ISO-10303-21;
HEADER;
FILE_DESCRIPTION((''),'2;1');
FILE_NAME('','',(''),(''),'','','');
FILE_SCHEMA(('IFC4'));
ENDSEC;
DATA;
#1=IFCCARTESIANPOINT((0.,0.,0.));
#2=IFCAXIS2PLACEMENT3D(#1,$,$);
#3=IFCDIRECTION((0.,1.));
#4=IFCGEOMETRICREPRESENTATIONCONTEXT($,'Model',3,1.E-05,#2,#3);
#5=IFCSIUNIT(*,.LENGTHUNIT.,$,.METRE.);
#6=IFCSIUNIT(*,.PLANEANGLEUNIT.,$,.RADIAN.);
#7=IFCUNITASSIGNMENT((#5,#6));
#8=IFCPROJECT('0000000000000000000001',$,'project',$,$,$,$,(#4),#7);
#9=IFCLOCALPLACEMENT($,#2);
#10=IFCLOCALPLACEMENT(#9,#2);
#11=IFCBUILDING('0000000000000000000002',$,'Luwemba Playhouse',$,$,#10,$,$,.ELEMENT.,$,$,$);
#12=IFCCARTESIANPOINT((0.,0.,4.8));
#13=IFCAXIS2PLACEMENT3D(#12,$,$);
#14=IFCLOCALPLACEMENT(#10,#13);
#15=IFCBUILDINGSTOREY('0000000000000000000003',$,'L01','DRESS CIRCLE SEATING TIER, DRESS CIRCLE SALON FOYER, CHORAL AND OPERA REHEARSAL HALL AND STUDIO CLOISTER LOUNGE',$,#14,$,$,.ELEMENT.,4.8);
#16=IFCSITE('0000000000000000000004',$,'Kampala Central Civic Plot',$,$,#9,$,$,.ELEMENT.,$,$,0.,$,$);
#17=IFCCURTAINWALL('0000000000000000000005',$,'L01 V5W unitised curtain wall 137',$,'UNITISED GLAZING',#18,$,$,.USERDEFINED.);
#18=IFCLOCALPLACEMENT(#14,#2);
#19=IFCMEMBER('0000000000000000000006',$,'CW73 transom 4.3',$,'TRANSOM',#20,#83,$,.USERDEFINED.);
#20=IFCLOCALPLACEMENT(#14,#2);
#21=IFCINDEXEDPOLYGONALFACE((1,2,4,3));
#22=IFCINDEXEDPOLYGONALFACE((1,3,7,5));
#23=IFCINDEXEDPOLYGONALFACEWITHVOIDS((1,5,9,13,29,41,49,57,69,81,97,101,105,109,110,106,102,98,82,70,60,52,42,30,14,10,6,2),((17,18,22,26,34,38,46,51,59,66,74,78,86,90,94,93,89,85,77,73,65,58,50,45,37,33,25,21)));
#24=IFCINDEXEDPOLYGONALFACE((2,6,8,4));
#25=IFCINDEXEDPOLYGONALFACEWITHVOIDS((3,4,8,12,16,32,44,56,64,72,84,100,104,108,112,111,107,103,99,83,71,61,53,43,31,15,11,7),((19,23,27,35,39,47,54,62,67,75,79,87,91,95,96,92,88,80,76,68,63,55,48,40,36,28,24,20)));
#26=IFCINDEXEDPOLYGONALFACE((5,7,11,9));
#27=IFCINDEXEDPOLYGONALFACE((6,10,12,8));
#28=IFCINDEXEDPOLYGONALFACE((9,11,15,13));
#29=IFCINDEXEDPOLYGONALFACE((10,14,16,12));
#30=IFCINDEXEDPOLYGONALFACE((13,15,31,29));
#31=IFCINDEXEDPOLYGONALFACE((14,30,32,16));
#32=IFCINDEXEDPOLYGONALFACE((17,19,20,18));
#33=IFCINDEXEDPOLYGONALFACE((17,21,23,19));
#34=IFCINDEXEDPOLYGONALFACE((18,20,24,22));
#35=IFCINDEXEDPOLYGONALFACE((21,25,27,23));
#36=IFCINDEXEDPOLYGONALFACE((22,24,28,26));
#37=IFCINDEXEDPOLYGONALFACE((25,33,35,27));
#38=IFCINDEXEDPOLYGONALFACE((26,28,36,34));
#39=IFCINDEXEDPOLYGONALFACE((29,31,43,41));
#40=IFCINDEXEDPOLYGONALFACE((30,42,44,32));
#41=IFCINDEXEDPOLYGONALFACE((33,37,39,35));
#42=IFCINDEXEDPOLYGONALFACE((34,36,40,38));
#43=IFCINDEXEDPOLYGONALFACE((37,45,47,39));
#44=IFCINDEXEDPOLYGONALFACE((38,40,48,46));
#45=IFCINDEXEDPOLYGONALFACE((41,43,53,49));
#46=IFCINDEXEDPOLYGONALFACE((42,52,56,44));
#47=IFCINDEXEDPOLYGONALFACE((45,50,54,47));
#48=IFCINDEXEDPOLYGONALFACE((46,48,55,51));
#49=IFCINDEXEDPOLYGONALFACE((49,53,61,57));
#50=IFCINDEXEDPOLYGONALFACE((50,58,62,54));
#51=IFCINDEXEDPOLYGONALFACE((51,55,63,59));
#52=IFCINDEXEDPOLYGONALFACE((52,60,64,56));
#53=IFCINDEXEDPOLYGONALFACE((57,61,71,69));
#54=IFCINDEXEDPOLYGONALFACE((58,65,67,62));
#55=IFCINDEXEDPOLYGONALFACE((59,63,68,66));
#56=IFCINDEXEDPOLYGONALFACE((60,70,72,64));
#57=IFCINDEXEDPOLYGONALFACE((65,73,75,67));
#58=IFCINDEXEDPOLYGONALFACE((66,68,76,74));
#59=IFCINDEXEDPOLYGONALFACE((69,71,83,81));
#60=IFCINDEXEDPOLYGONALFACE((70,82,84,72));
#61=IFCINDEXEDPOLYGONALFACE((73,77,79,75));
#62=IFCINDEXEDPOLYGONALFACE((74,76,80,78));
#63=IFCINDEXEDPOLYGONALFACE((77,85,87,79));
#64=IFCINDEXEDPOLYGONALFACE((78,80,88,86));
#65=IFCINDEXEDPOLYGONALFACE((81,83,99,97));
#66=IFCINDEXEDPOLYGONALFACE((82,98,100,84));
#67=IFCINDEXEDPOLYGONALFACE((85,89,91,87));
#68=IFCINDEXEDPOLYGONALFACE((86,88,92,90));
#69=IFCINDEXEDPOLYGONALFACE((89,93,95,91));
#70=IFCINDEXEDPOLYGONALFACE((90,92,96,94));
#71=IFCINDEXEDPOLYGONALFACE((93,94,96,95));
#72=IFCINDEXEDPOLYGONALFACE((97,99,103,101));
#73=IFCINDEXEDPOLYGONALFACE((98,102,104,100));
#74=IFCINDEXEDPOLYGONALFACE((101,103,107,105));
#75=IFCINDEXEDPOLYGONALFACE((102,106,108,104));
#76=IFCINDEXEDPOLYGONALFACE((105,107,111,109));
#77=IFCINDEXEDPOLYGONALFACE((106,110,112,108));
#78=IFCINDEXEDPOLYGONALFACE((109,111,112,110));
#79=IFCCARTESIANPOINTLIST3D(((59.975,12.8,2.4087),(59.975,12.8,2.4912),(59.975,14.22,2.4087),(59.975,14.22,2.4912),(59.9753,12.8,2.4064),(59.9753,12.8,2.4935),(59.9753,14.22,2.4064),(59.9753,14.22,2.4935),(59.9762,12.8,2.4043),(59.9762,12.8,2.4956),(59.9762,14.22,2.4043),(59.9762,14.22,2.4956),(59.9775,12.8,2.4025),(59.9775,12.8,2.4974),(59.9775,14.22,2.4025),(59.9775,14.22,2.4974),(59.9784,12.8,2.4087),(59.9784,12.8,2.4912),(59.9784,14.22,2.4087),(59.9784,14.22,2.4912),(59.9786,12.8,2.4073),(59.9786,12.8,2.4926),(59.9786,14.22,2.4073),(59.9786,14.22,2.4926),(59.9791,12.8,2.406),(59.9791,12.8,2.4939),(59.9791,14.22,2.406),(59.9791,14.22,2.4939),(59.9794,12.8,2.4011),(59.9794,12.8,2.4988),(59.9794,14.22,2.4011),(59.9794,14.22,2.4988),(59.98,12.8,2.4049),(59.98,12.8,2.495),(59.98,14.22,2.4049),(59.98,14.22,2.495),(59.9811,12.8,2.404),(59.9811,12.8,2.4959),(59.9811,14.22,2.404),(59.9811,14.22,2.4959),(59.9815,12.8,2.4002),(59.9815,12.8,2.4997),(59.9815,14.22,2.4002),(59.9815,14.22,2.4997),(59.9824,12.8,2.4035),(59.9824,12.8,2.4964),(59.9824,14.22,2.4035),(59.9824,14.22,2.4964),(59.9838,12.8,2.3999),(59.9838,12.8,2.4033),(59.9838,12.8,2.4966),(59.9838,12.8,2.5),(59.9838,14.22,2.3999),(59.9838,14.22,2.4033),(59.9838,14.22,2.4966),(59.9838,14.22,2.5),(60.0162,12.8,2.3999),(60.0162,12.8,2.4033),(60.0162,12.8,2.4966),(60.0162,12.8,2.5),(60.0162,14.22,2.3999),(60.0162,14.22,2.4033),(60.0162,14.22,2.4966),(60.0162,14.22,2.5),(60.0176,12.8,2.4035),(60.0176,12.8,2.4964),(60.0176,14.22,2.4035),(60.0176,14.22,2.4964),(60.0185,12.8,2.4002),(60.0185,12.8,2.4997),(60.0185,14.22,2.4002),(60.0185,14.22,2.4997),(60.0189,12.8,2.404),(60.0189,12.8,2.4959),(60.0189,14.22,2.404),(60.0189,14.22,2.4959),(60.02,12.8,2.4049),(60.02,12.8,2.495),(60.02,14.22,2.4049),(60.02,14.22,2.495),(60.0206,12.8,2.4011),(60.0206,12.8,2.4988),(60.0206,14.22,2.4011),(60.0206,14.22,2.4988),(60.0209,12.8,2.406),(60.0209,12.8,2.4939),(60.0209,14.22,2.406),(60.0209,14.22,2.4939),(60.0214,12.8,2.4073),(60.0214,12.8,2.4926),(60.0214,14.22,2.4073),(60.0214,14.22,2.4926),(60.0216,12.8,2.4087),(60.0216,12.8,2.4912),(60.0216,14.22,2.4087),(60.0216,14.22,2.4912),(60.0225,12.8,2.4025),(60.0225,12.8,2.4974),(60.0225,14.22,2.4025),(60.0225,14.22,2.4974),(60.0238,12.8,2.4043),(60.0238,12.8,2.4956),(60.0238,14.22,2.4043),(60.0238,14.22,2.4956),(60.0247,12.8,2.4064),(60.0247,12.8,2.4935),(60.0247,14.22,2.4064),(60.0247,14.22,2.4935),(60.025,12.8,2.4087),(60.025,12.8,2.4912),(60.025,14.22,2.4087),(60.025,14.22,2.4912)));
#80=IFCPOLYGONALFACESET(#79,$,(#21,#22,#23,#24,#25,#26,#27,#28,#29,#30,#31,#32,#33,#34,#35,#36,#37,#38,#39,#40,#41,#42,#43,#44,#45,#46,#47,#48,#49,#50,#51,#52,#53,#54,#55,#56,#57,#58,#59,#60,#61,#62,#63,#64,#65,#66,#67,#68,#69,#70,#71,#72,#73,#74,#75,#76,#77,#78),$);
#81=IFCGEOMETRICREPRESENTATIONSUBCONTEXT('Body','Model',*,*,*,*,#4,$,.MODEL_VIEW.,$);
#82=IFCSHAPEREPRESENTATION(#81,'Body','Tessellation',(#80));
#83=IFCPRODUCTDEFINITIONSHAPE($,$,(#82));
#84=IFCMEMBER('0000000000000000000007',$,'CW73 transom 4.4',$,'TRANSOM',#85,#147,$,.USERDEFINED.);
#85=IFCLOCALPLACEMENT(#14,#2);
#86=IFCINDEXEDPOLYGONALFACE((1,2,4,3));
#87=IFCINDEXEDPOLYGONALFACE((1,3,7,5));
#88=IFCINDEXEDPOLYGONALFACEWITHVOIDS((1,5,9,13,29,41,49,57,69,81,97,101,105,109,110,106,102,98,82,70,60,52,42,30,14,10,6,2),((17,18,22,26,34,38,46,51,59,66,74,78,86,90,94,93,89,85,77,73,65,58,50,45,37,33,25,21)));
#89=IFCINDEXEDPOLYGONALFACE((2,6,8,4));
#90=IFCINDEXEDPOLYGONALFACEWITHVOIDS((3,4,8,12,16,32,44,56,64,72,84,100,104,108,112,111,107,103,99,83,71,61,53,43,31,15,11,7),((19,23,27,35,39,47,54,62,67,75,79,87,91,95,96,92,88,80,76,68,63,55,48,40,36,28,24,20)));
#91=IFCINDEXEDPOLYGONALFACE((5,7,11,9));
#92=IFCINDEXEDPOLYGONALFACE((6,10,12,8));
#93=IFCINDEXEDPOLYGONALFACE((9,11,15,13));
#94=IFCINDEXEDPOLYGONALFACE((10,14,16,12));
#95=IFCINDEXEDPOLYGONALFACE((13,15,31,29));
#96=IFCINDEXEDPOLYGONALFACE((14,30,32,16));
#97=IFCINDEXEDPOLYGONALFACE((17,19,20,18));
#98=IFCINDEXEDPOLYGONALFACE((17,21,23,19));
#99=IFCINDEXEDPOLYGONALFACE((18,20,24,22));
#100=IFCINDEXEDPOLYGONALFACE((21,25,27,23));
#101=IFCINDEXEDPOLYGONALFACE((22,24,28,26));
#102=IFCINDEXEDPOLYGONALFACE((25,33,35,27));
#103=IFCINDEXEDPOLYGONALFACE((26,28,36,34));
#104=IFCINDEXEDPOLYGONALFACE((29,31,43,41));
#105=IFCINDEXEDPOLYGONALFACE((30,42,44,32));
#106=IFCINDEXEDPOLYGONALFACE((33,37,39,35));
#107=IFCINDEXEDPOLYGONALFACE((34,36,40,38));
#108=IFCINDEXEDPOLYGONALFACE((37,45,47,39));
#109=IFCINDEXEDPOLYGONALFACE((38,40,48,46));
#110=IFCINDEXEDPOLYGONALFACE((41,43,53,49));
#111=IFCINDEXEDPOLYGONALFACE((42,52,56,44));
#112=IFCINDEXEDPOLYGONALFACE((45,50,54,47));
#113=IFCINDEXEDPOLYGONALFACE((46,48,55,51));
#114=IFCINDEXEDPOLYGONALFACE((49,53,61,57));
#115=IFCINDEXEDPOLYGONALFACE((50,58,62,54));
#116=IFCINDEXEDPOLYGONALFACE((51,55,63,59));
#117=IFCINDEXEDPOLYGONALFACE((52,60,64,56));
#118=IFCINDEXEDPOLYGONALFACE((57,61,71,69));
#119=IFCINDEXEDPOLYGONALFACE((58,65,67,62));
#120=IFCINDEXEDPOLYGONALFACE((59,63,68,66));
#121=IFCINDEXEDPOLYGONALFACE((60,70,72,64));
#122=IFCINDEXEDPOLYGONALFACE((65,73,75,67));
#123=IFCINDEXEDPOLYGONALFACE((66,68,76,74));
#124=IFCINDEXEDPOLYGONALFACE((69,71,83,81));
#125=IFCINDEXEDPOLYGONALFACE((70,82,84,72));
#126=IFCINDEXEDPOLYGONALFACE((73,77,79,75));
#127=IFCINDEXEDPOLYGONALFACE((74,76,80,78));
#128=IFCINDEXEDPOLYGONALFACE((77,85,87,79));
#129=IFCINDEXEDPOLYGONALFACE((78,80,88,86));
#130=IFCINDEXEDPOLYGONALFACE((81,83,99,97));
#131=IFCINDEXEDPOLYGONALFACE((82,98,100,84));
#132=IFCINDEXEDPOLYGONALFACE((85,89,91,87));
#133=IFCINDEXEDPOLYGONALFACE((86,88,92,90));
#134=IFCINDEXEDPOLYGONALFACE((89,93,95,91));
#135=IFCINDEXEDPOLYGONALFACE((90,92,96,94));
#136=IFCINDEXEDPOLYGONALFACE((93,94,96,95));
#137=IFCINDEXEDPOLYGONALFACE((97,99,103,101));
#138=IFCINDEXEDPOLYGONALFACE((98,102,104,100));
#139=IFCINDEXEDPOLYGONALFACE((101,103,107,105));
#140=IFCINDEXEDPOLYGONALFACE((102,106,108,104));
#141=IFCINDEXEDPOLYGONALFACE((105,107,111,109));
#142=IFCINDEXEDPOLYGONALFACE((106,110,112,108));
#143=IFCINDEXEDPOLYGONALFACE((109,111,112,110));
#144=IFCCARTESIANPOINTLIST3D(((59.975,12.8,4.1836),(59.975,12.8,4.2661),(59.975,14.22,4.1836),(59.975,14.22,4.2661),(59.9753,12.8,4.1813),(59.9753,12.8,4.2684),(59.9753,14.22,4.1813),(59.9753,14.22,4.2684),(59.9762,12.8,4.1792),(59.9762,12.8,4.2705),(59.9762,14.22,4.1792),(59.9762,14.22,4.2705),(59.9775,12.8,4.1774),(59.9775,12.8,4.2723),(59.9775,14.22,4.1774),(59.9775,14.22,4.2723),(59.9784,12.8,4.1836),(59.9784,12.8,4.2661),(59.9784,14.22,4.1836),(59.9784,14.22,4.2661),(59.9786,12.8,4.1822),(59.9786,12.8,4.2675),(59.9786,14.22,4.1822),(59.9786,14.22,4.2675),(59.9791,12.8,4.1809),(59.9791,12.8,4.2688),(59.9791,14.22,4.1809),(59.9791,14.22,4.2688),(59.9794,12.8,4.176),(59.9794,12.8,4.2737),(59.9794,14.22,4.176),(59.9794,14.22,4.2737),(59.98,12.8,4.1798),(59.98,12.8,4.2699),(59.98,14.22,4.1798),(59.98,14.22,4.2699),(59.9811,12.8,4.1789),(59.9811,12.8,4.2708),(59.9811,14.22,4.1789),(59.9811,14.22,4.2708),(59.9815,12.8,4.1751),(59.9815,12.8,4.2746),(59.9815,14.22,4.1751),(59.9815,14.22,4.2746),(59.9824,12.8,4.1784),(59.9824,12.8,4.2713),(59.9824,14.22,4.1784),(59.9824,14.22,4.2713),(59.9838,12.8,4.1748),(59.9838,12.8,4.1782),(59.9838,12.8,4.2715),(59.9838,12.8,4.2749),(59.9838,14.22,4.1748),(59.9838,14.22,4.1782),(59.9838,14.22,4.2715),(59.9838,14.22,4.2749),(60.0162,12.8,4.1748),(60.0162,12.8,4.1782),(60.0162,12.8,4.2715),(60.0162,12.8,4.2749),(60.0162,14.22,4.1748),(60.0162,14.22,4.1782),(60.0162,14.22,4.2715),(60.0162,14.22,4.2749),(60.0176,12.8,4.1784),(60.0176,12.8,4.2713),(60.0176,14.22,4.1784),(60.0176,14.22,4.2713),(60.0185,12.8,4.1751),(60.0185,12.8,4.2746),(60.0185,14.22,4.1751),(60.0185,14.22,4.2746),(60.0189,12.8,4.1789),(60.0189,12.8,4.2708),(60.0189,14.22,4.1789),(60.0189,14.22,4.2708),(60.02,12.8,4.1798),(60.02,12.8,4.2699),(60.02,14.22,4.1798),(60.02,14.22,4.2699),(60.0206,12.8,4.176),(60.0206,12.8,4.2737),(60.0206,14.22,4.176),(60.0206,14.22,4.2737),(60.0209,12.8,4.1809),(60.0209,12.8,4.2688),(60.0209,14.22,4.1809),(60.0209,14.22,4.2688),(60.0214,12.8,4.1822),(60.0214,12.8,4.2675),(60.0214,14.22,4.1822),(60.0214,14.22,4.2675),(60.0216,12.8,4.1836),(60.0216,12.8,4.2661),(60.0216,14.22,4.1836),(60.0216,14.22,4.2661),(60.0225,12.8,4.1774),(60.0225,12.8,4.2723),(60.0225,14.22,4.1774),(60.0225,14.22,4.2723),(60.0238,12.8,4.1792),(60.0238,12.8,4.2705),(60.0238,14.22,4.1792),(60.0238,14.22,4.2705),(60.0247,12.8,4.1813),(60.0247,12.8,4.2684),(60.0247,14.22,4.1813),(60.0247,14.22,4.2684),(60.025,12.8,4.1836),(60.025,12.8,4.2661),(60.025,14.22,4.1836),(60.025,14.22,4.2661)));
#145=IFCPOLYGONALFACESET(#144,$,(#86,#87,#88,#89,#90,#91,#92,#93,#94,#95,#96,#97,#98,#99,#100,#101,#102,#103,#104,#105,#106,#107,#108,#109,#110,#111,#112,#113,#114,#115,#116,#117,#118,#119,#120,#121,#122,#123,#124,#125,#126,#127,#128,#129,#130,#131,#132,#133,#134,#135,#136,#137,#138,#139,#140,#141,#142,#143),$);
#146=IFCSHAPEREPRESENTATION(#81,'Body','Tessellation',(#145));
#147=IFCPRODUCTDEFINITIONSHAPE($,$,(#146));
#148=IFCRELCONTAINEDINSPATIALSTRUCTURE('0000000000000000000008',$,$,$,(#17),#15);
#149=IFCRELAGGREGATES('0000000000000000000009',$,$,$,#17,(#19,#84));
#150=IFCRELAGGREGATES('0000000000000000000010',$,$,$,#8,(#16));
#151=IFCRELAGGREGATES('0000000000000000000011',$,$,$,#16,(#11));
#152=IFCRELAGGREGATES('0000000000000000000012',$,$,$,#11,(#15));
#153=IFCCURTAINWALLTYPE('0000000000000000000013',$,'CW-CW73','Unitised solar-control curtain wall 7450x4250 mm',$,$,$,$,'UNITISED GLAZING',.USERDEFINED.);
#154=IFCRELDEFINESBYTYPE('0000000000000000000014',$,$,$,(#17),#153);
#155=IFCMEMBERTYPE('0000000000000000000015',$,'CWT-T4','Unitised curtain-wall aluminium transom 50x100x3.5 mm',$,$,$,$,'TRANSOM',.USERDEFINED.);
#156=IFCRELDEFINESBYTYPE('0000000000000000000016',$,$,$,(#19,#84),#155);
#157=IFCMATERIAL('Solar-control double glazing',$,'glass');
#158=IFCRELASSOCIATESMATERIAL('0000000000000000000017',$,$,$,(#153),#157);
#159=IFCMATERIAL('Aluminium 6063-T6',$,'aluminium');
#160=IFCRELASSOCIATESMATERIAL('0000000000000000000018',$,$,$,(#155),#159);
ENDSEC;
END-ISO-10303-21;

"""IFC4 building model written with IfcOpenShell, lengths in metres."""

from ifc_helpers import new_model, si_unit, direction, frame, origin, origin_2d, place, context, subcontext, project, spatial, hollow_rectangle, extrude, material, material_profile, profile_set, type_object, element, aggregate, save


model = new_model("IFC4")

# Units and contexts
model_context = context("Model", 3, precision=1e-05, world=origin(), true_north=direction((0.0, 1.0)))
body_context = subcontext(model_context, "Body", "Model", "MODEL_VIEW")
ifc_project = project(units=[si_unit("LENGTHUNIT", "METRE"), si_unit("PLANEANGLEUNIT", "RADIAN")], contexts=[model_context])

# Site, building, storey
site_placement = place(None, origin())
site = spatial("IfcSite", under=ifc_project, at=site_placement, Name="Kampala Central Civic Plot", CompositionType="ELEMENT", RefElevation=0.0)
building_placement = place(site_placement, origin())
building = spatial("IfcBuilding", under=site, at=building_placement, Name="Luwemba Playhouse", CompositionType="ELEMENT")
storey_placement = place(building_placement, frame((0.0, 0.0, 4.8)))
storey = spatial("IfcBuildingStorey", under=building, at=storey_placement, Name="L01", Description="DRESS CIRCLE SEATING TIER, DRESS CIRCLE SALON FOYER, CHORAL AND OPERA REHEARSAL HALL AND STUDIO CLOISTER LOUNGE", CompositionType="ELEMENT", Elevation=4.8)

# Curtain wall, members
ifc_material_1 = material(Name="Solar-control double glazing", Category="glass")
curtain_wall_type = type_object("IfcCurtainWallType", Name="CW-CW73", Description="Unitised solar-control curtain wall 7450x4250 mm", ElementType="UNITISED GLAZING", PredefinedType="USERDEFINED", material=ifc_material_1)
curtain_wall_placement = place(storey_placement, origin())
curtain_wall = element("IfcCurtainWall", 1, at=curtain_wall_placement, inside=storey, type_object=curtain_wall_type, Name="L01 V5W unitised curtain wall 137", ObjectType="UNITISED GLAZING", PredefinedType="USERDEFINED")
ifc_material_2 = material(Name="Aluminium 6063-T6", Category="aluminium")
ifc_material_profile_1 = material_profile(ifc_material_2, hollow_rectangle(XDim=0.05, YDim=0.1001, WallThickness=0.0034, InnerFilletRadius=0.0054, OuterFilletRadius=0.0088, at=origin_2d()))
ifc_profile_set_1 = profile_set([ifc_material_profile_1], Name="Aluminium 6063-T6")
member_type_1 = type_object("IfcMemberType", Name="CWT-T4", Description="Unitised curtain-wall aluminium transom 50x100x3.5 mm", ElementType="TRANSOM", PredefinedType="USERDEFINED", material=ifc_profile_set_1)
member_1_placement = place(storey_placement, frame((60.0, 14.22, 2.45), z_axis=(0.0, -1.0, 0.0), x_axis=(1.0, 0.0, 0.0)))
member_1 = element("IfcMember", 2, at=member_1_placement, type_object=member_type_1, Name="CW73 transom 4.3", ObjectType="TRANSOM", PredefinedType="USERDEFINED", context=body_context, shape_type="SweptSolid", body=[
    extrude(hollow_rectangle(XDim=0.05, YDim=0.1001, WallThickness=0.0034, InnerFilletRadius=0.0054, OuterFilletRadius=0.0088, at=origin_2d()), origin(), (0.0, 0.0, 1.0), 1.4199),
])
member_2_placement = place(storey_placement, frame((60.0, 14.22, 4.2249), z_axis=(0.0, -1.0, 0.0), x_axis=(1.0, 0.0, 0.0)))
member_2 = element("IfcMember", 3, at=member_2_placement, type_object=member_type_1, Name="CW73 transom 4.4", ObjectType="TRANSOM", PredefinedType="USERDEFINED", context=body_context, shape_type="SweptSolid", body=[
    extrude(hollow_rectangle(XDim=0.05, YDim=0.1001, WallThickness=0.0034, InnerFilletRadius=0.0054, OuterFilletRadius=0.0088, at=origin_2d()), origin(), (0.0, 0.0, 1.0), 1.4199),
])
aggregate(curtain_wall, [member_1, member_2])

save(model, "model.ifc")
